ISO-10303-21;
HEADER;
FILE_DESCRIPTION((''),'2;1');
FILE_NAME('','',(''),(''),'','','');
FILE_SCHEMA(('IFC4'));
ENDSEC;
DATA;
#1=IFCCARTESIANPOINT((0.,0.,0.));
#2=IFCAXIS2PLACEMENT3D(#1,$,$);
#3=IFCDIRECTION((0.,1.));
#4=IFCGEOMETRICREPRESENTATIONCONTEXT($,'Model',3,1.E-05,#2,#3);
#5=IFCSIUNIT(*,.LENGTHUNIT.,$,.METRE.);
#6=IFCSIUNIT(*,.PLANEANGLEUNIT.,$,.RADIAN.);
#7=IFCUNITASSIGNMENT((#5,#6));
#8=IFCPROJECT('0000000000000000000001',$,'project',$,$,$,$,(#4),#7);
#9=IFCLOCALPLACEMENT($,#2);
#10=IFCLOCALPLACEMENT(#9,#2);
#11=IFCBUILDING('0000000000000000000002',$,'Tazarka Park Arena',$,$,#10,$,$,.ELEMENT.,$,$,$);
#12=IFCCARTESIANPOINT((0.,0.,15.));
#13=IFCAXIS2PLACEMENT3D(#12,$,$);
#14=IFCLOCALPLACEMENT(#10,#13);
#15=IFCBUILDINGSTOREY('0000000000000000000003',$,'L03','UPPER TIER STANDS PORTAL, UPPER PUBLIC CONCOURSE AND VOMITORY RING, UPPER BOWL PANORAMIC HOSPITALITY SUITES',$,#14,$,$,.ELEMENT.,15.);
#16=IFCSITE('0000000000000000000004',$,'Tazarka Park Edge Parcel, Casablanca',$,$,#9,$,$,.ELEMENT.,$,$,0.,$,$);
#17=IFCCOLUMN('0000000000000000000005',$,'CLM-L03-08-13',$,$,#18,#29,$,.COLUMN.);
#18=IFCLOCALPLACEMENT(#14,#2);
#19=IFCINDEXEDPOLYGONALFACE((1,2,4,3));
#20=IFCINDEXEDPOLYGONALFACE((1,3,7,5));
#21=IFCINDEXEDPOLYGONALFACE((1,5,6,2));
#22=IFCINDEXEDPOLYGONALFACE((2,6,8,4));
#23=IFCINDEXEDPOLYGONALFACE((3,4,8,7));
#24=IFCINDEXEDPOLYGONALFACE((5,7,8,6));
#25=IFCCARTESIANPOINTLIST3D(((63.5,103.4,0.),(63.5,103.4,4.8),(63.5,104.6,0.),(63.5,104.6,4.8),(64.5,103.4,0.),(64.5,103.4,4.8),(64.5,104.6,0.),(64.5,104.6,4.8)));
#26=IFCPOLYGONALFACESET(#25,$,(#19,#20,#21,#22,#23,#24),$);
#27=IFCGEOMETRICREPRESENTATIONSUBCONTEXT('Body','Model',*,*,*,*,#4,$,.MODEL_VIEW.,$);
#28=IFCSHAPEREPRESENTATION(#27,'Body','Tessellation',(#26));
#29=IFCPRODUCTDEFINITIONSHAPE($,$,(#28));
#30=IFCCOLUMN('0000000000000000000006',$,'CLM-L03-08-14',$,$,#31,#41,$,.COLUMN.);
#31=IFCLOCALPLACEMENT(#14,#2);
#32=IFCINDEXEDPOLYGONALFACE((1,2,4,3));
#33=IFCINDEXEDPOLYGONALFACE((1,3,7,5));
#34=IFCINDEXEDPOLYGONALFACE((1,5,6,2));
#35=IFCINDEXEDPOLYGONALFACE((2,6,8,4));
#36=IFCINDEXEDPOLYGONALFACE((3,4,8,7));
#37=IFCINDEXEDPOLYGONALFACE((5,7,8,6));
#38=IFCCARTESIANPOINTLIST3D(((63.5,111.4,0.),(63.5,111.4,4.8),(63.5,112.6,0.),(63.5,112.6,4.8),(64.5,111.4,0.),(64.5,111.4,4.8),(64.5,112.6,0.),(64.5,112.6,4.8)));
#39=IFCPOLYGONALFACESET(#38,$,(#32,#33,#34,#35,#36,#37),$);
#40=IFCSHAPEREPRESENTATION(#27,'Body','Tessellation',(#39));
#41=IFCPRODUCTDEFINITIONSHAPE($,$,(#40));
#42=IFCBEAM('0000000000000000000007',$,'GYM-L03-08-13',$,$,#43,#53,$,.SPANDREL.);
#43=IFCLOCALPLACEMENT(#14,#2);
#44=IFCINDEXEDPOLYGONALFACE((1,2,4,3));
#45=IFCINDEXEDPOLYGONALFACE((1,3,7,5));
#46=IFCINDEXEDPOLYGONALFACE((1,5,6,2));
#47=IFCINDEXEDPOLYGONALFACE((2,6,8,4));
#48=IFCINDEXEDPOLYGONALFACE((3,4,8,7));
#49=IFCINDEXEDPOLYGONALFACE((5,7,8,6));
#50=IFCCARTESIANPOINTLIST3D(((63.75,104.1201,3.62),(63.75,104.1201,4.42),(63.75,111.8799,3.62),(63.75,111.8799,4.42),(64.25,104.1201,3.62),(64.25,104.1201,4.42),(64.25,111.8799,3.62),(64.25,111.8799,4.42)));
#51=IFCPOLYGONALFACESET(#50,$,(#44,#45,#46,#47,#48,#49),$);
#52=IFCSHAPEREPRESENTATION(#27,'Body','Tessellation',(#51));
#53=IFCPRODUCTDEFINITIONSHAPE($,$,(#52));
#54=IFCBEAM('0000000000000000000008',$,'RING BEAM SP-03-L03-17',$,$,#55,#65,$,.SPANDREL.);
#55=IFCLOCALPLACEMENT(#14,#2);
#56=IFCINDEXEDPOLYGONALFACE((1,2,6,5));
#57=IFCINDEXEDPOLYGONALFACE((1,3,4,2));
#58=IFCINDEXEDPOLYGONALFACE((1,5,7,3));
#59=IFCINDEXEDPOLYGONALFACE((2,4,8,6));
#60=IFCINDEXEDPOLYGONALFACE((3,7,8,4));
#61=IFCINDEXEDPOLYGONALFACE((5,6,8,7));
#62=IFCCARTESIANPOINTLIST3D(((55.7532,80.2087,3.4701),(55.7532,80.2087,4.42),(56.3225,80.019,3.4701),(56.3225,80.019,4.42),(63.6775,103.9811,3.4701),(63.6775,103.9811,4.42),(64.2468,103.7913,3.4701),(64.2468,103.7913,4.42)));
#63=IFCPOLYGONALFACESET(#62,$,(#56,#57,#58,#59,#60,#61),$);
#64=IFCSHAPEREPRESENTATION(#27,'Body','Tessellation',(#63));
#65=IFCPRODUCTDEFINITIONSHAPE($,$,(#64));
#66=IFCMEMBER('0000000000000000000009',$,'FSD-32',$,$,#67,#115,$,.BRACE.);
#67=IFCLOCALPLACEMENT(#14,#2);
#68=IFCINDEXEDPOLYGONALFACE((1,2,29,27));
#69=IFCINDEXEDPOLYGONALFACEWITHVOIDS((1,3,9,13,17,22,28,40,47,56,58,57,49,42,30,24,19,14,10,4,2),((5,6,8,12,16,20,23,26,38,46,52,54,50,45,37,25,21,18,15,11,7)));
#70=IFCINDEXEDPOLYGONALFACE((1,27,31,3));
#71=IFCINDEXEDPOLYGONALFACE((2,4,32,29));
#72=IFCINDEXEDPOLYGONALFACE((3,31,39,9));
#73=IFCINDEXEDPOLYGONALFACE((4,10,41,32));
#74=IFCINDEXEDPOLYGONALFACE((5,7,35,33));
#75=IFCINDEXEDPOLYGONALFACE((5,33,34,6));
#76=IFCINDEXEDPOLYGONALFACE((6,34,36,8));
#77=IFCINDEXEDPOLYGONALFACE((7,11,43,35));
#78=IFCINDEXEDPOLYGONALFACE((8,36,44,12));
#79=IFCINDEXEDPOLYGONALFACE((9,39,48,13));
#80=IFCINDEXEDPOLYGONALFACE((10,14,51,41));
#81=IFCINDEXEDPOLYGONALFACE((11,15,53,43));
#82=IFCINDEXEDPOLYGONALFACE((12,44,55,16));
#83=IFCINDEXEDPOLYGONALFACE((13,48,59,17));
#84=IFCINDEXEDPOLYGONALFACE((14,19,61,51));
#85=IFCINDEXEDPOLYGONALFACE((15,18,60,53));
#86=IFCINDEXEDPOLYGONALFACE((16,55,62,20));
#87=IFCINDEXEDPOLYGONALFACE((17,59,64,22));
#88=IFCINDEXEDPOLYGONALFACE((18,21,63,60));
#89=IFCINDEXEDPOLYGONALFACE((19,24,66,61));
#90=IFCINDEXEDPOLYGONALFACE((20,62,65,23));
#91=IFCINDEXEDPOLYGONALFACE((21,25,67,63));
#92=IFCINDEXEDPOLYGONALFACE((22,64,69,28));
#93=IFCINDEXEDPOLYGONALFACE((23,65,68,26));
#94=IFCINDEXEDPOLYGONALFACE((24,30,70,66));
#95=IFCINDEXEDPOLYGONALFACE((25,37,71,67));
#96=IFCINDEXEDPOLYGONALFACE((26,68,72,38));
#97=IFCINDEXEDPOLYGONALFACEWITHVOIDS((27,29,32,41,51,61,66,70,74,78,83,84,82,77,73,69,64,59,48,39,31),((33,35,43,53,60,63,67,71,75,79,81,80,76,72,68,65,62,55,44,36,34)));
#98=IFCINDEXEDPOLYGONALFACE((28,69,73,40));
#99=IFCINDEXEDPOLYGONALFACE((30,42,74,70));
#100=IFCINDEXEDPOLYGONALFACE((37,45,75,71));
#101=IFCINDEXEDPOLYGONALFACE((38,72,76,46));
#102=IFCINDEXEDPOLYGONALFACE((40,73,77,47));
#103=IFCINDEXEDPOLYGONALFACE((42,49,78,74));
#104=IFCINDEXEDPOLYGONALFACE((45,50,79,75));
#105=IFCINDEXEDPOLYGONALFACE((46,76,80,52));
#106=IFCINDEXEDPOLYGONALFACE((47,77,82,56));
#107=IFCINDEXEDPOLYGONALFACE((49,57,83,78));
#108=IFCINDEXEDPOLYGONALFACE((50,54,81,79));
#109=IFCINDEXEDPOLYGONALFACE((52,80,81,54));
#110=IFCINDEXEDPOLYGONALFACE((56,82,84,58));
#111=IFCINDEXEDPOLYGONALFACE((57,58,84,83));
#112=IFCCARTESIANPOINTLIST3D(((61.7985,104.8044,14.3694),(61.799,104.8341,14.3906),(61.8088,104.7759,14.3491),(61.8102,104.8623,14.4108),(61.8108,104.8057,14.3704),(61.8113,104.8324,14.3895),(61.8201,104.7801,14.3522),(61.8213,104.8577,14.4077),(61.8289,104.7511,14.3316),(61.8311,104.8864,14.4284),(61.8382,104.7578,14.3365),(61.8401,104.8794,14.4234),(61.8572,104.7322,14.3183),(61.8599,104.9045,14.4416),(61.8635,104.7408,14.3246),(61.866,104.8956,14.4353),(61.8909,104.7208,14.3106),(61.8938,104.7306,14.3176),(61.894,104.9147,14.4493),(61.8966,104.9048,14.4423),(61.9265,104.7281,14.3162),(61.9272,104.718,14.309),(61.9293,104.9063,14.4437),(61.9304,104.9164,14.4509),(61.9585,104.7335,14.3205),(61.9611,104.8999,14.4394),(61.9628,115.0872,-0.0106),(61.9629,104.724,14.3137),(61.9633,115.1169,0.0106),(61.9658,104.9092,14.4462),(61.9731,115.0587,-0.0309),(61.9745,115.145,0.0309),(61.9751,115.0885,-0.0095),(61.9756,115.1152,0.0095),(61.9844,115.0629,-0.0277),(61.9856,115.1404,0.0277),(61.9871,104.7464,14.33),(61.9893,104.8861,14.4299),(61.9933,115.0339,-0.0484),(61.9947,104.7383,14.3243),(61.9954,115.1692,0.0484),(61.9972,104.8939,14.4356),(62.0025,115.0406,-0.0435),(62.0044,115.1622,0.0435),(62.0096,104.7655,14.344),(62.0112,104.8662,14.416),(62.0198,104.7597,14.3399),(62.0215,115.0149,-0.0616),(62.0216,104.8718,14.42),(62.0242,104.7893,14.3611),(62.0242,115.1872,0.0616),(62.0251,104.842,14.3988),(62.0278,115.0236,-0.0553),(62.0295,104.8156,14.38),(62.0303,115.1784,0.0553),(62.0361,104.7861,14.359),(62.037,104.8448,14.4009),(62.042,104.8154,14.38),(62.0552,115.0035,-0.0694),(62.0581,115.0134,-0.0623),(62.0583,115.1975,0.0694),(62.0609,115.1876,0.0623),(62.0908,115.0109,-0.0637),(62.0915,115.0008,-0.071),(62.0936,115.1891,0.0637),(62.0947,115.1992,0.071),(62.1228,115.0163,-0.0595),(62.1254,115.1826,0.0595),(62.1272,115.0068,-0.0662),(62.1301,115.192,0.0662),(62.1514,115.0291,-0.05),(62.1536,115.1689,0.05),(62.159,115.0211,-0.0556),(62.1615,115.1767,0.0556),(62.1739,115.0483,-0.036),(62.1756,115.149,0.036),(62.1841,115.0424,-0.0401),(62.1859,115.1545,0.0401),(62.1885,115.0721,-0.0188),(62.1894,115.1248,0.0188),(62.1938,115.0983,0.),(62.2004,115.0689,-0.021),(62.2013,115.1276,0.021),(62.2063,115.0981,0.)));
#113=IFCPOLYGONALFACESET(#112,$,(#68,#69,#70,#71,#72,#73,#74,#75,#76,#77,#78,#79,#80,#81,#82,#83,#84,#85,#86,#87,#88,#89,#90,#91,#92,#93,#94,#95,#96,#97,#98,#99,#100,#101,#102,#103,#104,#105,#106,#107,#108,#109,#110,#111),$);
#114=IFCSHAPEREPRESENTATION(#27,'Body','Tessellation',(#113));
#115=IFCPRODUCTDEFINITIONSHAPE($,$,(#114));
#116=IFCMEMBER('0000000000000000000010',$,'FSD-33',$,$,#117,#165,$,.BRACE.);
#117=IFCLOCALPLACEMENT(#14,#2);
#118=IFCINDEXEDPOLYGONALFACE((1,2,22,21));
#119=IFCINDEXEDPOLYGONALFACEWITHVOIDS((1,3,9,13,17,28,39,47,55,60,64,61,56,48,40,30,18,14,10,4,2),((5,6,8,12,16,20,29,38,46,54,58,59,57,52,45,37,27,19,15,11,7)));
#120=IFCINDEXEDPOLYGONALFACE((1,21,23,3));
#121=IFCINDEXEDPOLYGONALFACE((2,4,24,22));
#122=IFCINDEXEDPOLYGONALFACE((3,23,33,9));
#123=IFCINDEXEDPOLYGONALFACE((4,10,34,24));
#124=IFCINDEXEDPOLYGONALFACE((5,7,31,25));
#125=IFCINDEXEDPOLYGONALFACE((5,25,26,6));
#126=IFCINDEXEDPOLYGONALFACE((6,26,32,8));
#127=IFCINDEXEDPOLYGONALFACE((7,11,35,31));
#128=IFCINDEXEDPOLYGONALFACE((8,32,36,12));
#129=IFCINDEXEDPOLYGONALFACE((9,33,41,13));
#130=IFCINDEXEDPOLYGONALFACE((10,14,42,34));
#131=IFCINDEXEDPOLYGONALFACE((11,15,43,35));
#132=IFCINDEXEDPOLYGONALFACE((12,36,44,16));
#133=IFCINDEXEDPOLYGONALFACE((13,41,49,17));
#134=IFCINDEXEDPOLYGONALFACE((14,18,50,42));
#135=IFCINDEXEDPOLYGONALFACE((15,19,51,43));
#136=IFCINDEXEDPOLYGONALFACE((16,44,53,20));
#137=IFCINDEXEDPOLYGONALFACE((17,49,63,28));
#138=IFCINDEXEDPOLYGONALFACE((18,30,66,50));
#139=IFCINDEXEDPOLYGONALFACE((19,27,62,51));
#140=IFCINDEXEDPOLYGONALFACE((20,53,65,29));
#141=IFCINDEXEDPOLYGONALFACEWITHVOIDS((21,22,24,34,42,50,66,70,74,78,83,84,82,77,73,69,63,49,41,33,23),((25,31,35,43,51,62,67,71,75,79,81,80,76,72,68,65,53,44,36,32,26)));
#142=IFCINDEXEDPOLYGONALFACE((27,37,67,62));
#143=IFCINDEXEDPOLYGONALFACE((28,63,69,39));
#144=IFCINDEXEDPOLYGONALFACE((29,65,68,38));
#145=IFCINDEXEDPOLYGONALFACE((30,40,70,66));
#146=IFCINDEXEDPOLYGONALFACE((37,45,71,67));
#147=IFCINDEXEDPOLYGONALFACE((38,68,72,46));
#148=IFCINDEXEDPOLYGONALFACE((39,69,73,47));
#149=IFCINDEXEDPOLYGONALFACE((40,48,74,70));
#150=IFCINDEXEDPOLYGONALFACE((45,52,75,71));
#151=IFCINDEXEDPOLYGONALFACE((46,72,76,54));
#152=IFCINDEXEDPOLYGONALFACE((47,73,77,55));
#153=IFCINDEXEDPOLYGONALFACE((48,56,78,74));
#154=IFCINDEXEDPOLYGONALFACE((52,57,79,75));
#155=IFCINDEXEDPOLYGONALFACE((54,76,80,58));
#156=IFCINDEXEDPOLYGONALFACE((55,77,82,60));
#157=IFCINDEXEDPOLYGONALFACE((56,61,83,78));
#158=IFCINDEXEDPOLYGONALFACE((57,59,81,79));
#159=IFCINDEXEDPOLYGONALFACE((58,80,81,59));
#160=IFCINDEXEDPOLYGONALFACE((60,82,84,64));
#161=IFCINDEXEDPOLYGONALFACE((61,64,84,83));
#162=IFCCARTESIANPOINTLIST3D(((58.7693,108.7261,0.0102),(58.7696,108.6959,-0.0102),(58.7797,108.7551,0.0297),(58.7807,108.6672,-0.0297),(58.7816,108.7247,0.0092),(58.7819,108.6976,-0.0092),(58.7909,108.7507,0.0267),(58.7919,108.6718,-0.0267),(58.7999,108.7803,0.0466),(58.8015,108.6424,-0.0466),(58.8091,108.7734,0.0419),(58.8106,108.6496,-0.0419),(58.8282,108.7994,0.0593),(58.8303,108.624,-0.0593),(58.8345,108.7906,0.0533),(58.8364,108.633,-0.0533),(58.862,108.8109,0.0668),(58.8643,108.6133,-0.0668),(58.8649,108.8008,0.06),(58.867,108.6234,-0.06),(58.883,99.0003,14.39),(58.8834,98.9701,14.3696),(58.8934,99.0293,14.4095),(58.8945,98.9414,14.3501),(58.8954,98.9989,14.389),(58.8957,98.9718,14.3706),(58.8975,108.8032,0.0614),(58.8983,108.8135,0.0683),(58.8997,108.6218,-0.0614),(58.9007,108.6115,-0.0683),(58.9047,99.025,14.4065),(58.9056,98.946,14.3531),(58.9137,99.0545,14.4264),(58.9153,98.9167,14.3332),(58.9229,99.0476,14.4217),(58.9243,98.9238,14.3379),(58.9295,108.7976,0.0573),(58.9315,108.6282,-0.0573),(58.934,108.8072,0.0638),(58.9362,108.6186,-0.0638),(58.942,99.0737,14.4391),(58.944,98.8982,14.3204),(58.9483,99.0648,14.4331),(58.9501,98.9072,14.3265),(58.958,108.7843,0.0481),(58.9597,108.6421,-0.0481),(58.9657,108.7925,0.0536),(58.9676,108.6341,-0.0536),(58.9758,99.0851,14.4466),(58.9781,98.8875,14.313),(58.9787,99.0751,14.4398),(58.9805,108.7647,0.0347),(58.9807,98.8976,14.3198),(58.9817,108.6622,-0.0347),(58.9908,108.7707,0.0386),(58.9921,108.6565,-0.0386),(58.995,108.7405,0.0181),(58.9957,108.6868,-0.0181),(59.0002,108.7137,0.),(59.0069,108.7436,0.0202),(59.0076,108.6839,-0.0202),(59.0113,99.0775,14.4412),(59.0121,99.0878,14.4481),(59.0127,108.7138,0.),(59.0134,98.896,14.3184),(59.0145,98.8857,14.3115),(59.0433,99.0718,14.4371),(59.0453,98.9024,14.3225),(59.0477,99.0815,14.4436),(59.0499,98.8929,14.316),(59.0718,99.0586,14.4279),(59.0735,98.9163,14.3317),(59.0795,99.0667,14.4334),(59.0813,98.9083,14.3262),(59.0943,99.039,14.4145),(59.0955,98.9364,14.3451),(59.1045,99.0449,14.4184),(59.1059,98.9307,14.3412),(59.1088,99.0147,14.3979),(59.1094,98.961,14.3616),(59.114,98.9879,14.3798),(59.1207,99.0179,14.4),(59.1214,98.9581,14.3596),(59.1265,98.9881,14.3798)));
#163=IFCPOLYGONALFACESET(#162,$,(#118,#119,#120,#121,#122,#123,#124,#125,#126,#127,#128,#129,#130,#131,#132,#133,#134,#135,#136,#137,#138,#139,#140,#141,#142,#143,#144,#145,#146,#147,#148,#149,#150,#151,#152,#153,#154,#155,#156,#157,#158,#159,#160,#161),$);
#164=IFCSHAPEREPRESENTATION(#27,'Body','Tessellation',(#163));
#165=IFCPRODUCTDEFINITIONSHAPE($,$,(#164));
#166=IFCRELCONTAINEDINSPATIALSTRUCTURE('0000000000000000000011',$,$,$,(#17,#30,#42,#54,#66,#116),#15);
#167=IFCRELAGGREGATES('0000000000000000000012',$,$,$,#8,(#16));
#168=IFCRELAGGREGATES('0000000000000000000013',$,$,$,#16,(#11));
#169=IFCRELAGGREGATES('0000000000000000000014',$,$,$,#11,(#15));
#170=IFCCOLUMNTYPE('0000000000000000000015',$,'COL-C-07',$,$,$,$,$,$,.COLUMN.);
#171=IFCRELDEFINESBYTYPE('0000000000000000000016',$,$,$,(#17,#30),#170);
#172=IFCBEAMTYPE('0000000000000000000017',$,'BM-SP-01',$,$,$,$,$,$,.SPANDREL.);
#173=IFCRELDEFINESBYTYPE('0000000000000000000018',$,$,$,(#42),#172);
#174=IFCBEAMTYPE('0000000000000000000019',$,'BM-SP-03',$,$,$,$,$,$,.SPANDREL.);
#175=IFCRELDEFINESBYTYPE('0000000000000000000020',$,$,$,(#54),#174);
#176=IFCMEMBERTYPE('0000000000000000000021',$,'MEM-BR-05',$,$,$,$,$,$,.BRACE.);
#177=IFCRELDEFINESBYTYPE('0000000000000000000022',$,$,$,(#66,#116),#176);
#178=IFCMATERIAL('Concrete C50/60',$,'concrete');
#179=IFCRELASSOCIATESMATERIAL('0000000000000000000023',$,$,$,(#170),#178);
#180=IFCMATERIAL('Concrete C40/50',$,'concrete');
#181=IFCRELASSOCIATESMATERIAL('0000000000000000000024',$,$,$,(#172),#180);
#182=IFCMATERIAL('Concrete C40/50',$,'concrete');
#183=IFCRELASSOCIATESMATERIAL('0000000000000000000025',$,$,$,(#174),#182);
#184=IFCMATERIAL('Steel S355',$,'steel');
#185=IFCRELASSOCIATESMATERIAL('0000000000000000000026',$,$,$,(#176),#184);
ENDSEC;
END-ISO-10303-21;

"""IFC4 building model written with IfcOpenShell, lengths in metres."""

from ifc_helpers import new_model, si_unit, direction, frame, origin, origin_2d, place, context, subcontext, project, spatial, rectangle, hollow_circle, extrude, material, material_profile, profile_set, type_object, element, save


model = new_model("IFC4")

# Units and contexts
model_context = context("Model", 3, precision=1e-05, world=origin(), true_north=direction((0.0, 1.0)))
body_context = subcontext(model_context, "Body", "Model", "MODEL_VIEW")
ifc_project = project(units=[si_unit("LENGTHUNIT", "METRE"), si_unit("PLANEANGLEUNIT", "RADIAN")], contexts=[model_context])

# Site, building, storey
site_placement = place(None, origin())
site = spatial("IfcSite", under=ifc_project, at=site_placement, Name="Tazarka Park Edge Parcel, Casablanca", CompositionType="ELEMENT", RefElevation=0.0)
building_placement = place(site_placement, origin())
building = spatial("IfcBuilding", under=site, at=building_placement, Name="Tazarka Park Arena", CompositionType="ELEMENT")
storey_placement = place(building_placement, frame((0.0, 0.0, 15.0)))
storey = spatial("IfcBuildingStorey", under=building, at=storey_placement, Name="L03", Description="UPPER TIER STANDS PORTAL, UPPER PUBLIC CONCOURSE AND VOMITORY RING, UPPER BOWL PANORAMIC HOSPITALITY SUITES", CompositionType="ELEMENT", Elevation=15.0)

# Columns
ifc_material_1 = material(Name="Concrete C50/60", Category="concrete")
ifc_material_profile_1 = material_profile(ifc_material_1, rectangle(XDim=1.0, YDim=1.2, at=origin_2d()), Name="Concrete C50/60")
ifc_profile_set_1 = profile_set([ifc_material_profile_1], Name="Concrete C50/60")
column_type = type_object("IfcColumnType", Name="COL-C-07", PredefinedType="COLUMN", material=ifc_profile_set_1)
for number, where, z_axis, x_axis, name in (
    (1, (64.0, 104.0, 0.0), (0.0, 0.0, 1.0), (1.0, 0.0, 0.0), "CLM-L03-08-13"),
    (2, (64.0, 112.0, 0.0), (0.0, 0.0, 1.0), (1.0, 0.0, 0.0), "CLM-L03-08-14"),
):
    element("IfcColumn", number, at=place(storey_placement, frame(where, z_axis=z_axis, x_axis=x_axis)), inside=storey, type_object=column_type, Name=name, PredefinedType="COLUMN", context=body_context, shape_type="SweptSolid", body=[
        extrude(rectangle(XDim=1.0, YDim=1.2, at=origin_2d()), origin(), (0.0, 0.0, 1.0), 4.8),
    ])

# Beams
ifc_material_2 = material(Name="Concrete C40/50", Category="concrete")
ifc_material_profile_2 = material_profile(ifc_material_2, rectangle(XDim=0.5, YDim=0.8, at=origin_2d()), Name="Concrete C40/50")
ifc_profile_set_2 = profile_set([ifc_material_profile_2], Name="Concrete C40/50")
beam_type_1 = type_object("IfcBeamType", Name="BM-SP-01", PredefinedType="SPANDREL", material=ifc_profile_set_2)
beam_1_placement = place(storey_placement, frame((64.0, 104.1201, 4.02), z_axis=(0.0, 1.0, 0.0), x_axis=(-1.0, 0.0, 0.0)))
element("IfcBeam", 3, at=beam_1_placement, inside=storey, type_object=beam_type_1, Name="GYM-L03-08-13", PredefinedType="SPANDREL", context=body_context, shape_type="SweptSolid", body=[
    extrude(rectangle(XDim=0.5, YDim=0.8, at=origin_2d()), origin(), (0.0, 0.0, 1.0), 7.7598),
])
ifc_material_3 = material(Name="Concrete C40/50", Category="concrete")
ifc_material_profile_3 = material_profile(ifc_material_3, rectangle(XDim=0.6001, YDim=0.95, at=origin_2d()), Name="Concrete C40/50")
ifc_profile_set_3 = profile_set([ifc_material_profile_3], Name="Concrete C40/50")
beam_type_2 = type_object("IfcBeamType", Name="BM-SP-03", PredefinedType="SPANDREL", material=ifc_profile_set_3)
beam_2_placement = place(storey_placement, frame((63.9622, 103.8862, 3.9451), z_axis=(-0.316234, -0.948681, 0.0), x_axis=(0.948681, -0.316234, 0.0)))
element("IfcBeam", 4, at=beam_2_placement, inside=storey, type_object=beam_type_2, Name="RING BEAM SP-03-L03-17", PredefinedType="SPANDREL", context=body_context, shape_type="SweptSolid", body=[
    extrude(rectangle(XDim=0.6001, YDim=0.95, at=origin_2d()), origin(), (0.0, 0.0, 1.0), 25.0583),
])

# Members
ifc_material_4 = material(Name="Steel S355", Category="steel")
ifc_material_profile_4 = material_profile(ifc_material_4, hollow_circle(Radius=0.1223, WallThickness=0.0125, at=origin_2d()), Name="Steel S355")
ifc_profile_set_4 = profile_set([ifc_material_profile_4], Name="Steel S355")
member_type_1 = type_object("IfcMemberType", Name="MEM-BR-05", PredefinedType="BRACE", material=ifc_profile_set_4)
member_1_placement = place(storey_placement, frame((62.084, 115.1001, 0.0), z_axis=(-0.009294, -0.581639, 0.813394), x_axis=(0.999872, -0.015977, 0.0)))
element("IfcMember", 5, at=member_1_placement, inside=storey, type_object=member_type_1, Name="FSD-32", PredefinedType="BRACE", context=body_context, shape_type="SweptSolid", body=[
    extrude(hollow_circle(Radius=0.1223, WallThickness=0.0125, at=origin_2d()), origin(), (0.0, 0.0, 1.0), 17.679),
])
member_2_placement = place(storey_placement, frame((58.8904, 108.7124, 0.0), z_axis=(0.006553, -0.560229, 0.828312), x_axis=(0.999932, 0.011697, 0.0)))
element("IfcMember", 6, at=member_2_placement, inside=storey, type_object=member_type_1, Name="FSD-33", PredefinedType="BRACE", context=body_context, shape_type="SweptSolid", body=[
    extrude(hollow_circle(Radius=0.1223, WallThickness=0.0125, at=origin_2d()), origin(), (0.0, 0.0, 1.0), 17.3604),
])

save(model, "model.ifc")
